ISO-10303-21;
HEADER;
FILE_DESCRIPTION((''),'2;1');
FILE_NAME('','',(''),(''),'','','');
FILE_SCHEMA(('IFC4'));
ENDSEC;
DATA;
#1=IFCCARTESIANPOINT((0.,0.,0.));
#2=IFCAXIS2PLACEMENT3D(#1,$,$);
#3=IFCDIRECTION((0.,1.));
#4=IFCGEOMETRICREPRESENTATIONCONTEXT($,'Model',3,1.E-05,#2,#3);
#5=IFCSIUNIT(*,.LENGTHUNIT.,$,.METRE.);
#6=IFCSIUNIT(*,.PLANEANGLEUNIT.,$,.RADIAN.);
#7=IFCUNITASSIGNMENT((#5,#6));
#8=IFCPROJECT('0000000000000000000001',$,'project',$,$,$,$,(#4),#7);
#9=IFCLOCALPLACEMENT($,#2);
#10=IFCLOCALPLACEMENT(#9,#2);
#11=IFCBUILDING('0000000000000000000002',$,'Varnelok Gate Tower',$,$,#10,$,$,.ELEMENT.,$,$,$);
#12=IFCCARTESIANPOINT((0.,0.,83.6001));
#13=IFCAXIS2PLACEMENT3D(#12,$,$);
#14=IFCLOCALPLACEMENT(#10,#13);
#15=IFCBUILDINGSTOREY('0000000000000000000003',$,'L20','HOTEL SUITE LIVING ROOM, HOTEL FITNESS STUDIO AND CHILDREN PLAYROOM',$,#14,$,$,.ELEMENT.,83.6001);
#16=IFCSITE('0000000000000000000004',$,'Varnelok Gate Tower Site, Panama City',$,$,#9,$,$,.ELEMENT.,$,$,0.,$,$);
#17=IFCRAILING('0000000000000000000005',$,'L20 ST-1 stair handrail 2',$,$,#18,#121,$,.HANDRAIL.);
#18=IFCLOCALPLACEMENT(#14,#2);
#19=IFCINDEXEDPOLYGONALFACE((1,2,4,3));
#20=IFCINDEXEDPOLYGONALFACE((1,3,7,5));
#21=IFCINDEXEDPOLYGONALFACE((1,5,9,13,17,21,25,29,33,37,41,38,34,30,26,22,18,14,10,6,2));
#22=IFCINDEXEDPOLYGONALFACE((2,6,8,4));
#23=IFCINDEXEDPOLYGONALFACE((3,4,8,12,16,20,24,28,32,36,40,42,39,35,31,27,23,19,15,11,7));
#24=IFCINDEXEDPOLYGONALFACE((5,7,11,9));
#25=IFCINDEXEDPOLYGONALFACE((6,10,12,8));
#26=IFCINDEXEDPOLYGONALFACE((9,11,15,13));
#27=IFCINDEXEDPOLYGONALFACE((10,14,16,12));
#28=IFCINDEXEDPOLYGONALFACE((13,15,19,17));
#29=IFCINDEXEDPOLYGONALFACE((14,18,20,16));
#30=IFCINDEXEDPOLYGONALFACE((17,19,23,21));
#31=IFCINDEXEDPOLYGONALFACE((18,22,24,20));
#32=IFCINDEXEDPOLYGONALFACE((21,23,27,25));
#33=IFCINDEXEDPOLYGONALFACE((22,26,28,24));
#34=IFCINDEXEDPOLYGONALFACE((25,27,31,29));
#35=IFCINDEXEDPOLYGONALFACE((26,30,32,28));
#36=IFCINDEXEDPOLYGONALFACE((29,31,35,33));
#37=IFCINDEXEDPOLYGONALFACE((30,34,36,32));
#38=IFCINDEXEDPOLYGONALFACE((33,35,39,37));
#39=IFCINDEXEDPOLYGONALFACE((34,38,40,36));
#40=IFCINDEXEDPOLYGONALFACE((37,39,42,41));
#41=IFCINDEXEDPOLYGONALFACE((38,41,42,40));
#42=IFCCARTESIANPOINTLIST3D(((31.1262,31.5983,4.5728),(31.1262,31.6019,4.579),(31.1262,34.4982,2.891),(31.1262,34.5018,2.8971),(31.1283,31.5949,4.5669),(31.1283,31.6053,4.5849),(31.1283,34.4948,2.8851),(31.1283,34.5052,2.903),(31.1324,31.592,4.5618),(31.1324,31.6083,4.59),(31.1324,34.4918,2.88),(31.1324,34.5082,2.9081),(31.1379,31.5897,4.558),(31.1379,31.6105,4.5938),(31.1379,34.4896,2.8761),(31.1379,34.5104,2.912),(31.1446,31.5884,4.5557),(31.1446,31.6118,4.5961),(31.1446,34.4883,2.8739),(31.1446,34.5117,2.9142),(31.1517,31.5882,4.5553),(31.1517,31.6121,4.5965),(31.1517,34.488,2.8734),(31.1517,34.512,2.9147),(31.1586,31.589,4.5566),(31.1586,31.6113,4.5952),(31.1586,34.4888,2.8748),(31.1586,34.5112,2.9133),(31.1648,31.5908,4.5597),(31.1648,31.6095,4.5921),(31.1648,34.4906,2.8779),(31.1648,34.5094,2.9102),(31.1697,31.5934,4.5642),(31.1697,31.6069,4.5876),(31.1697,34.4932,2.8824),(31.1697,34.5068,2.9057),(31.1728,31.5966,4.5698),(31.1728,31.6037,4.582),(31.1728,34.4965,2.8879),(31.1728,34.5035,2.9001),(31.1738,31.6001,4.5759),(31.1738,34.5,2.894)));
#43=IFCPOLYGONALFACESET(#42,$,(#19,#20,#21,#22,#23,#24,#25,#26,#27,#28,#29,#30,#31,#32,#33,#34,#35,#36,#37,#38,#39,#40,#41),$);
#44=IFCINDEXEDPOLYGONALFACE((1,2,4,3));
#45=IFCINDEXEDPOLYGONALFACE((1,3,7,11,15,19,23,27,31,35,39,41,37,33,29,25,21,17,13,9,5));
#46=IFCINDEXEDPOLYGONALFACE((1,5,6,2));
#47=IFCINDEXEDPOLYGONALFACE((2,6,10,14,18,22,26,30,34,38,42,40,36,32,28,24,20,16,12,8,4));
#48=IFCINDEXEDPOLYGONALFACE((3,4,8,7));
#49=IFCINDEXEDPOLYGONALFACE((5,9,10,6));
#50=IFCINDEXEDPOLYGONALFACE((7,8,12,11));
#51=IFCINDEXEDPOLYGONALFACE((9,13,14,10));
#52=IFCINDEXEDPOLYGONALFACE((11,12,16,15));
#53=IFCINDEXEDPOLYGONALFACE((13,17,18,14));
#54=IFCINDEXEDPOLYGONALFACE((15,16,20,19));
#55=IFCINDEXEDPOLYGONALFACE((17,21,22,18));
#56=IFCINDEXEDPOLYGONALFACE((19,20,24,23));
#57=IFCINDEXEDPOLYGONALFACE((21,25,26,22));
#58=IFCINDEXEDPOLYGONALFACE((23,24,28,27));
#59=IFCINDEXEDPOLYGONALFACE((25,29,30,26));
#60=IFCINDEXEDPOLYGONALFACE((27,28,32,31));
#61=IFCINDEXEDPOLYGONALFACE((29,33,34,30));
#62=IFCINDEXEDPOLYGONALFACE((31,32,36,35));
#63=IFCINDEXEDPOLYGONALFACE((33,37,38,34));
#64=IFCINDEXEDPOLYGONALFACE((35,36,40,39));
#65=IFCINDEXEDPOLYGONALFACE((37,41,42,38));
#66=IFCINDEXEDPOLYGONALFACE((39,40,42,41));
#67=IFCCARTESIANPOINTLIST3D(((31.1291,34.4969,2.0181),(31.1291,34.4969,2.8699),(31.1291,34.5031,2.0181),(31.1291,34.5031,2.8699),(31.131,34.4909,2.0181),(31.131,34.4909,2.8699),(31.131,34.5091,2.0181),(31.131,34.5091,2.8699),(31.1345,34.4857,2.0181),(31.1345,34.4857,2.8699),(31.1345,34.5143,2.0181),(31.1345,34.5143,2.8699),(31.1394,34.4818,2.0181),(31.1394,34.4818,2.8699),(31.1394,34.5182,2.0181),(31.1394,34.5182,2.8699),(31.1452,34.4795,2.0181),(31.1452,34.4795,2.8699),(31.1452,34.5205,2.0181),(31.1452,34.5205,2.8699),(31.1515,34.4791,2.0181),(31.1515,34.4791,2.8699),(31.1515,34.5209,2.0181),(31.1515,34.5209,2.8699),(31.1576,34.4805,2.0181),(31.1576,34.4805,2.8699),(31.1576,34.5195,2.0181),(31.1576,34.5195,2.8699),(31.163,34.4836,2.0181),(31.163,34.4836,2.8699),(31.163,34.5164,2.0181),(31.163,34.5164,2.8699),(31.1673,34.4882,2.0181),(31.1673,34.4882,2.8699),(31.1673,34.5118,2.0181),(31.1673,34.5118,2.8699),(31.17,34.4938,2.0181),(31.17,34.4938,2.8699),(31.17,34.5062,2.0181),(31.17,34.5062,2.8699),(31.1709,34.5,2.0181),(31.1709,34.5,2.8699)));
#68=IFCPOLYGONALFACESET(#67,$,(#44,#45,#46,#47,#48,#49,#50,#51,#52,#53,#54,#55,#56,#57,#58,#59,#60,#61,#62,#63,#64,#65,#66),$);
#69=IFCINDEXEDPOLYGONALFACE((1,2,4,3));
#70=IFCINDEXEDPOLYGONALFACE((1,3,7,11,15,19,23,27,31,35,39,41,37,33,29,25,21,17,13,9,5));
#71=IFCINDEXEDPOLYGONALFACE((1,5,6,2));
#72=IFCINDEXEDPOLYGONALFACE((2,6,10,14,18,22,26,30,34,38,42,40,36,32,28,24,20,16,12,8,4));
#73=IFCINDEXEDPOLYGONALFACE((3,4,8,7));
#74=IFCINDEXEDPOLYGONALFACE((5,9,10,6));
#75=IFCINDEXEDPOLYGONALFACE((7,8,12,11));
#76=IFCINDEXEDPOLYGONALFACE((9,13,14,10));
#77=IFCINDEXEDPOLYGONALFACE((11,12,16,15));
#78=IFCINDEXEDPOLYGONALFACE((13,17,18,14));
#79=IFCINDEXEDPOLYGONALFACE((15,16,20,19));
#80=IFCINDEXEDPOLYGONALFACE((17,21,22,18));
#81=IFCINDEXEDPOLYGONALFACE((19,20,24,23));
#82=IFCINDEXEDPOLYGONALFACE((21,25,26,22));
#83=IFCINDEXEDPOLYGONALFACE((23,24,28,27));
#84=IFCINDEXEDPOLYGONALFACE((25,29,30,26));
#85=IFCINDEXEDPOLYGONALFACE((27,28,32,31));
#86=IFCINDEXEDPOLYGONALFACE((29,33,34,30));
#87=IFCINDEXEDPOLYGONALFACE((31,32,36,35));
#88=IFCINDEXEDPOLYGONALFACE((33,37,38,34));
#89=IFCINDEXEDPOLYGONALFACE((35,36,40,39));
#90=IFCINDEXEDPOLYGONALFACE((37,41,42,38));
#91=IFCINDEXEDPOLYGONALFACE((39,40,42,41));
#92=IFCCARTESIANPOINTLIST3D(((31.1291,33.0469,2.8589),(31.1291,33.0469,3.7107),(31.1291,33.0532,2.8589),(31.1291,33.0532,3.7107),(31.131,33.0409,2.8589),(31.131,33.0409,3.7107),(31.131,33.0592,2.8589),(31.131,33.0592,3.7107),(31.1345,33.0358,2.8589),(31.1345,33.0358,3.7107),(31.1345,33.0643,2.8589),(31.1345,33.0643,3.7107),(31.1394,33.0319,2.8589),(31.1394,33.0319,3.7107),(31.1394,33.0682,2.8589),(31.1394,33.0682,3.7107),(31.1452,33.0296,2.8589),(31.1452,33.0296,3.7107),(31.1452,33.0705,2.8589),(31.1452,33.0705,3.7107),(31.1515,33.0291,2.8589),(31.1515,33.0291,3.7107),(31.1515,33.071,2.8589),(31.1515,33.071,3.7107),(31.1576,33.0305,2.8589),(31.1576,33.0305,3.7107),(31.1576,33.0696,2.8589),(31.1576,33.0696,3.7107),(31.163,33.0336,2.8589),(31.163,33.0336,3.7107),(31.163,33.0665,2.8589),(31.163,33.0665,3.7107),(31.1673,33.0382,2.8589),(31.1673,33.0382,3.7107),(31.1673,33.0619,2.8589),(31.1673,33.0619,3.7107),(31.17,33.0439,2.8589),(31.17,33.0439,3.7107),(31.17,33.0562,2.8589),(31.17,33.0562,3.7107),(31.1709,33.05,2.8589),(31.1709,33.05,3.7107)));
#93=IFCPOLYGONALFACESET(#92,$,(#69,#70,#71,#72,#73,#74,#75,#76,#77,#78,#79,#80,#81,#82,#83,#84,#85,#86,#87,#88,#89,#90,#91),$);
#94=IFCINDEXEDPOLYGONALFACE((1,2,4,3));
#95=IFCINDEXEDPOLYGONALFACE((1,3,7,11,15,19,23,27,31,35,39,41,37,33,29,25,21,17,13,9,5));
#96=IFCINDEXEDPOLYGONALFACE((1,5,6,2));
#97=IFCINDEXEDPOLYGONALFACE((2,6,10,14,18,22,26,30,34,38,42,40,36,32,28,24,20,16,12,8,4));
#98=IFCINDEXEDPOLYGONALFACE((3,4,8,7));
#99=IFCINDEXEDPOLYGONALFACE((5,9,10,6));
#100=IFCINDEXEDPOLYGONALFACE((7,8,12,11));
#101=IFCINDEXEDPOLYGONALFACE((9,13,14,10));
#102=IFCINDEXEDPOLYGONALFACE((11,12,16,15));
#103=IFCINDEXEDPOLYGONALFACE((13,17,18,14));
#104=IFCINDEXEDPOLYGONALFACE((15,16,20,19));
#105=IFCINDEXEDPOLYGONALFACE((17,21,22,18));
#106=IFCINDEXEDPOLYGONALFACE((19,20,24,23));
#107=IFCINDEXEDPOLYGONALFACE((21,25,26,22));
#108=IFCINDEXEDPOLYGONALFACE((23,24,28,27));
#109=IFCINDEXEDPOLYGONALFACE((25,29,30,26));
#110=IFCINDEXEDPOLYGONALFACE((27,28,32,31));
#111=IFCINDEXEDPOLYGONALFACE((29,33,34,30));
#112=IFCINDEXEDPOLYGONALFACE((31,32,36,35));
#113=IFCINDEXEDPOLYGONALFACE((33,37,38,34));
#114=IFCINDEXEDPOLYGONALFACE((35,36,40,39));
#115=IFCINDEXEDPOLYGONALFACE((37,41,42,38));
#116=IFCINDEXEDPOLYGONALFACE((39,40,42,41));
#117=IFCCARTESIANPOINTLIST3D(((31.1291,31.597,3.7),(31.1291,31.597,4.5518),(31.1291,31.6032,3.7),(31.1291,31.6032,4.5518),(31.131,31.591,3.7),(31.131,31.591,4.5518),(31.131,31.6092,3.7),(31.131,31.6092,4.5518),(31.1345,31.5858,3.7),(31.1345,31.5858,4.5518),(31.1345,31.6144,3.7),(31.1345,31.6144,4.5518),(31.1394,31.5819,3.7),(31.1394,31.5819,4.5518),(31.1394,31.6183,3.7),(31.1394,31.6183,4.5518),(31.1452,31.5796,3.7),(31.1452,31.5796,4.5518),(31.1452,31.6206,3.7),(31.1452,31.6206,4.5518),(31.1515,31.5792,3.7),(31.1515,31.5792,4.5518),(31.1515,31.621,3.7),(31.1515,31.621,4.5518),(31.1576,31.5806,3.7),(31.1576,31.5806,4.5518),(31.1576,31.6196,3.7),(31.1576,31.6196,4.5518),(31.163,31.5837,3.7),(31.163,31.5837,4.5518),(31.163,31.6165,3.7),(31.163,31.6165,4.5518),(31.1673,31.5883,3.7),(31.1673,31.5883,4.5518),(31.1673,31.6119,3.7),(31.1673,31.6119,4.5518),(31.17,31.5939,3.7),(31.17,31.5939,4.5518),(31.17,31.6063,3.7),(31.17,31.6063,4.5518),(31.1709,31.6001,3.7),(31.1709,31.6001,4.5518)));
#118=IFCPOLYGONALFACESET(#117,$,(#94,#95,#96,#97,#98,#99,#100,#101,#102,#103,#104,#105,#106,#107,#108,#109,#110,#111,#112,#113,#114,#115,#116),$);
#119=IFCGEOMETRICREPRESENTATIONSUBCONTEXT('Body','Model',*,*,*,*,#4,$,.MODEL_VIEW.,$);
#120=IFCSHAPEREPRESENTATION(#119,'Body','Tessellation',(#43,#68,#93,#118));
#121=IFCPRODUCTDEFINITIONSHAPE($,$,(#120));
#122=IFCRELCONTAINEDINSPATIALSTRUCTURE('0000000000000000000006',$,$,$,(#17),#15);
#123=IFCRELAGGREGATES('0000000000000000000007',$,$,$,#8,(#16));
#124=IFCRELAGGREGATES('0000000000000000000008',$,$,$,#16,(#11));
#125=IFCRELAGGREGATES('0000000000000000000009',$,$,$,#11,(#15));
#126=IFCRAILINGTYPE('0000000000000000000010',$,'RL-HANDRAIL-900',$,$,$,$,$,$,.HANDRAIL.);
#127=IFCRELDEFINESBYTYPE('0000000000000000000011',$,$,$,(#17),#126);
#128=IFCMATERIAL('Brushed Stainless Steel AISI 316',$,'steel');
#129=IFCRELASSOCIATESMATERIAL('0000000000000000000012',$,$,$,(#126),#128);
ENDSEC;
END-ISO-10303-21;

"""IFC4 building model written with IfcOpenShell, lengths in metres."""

from ifc_helpers import new_model, si_unit, direction, frame, origin, origin_2d, place, context, subcontext, project, spatial, circle, extrude, material, type_object, element, save


model = new_model("IFC4")

# Units and contexts
model_context = context("Model", 3, precision=1e-05, world=origin(), true_north=direction((0.0, 1.0)))
body_context = subcontext(model_context, "Body", "Model", "MODEL_VIEW")
ifc_project = project(units=[si_unit("LENGTHUNIT", "METRE"), si_unit("PLANEANGLEUNIT", "RADIAN")], contexts=[model_context])

# Site, building, storey
site_placement = place(None, origin())
site = spatial("IfcSite", under=ifc_project, at=site_placement, Name="Varnelok Gate Tower Site, Panama City", CompositionType="ELEMENT", RefElevation=0.0)
building_placement = place(site_placement, origin())
building = spatial("IfcBuilding", under=site, at=building_placement, Name="Varnelok Gate Tower", CompositionType="ELEMENT")
storey_placement = place(building_placement, frame((0.0, 0.0, 83.6001)))
storey = spatial("IfcBuildingStorey", under=building, at=storey_placement, Name="L20", Description="HOTEL SUITE LIVING ROOM, HOTEL FITNESS STUDIO AND CHILDREN PLAYROOM", CompositionType="ELEMENT", Elevation=83.6001)

# Railing
ifc_material_1 = material(Name="Brushed Stainless Steel AISI 316", Category="steel")
railing_type_1 = type_object("IfcRailingType", Name="RL-HANDRAIL-900", PredefinedType="HANDRAIL", material=ifc_material_1)
railing_1_placement = place(storey_placement, frame((31.1499, 34.5, 2.0181)))
element("IfcRailing", 1, at=railing_1_placement, inside=storey, type_object=railing_type_1, Name="L20 ST-1 stair handrail 2", PredefinedType="HANDRAIL", context=body_context, shape_type="SweptSolid", body=[
    extrude(circle(Radius=0.0239, at=origin_2d()), frame((0.0, 0.0, 0.876), z_axis=(0.0, -0.865039, 0.501705), x_axis=(1.0, 0.0, 0.0)), (0.0, 0.0, 1.0), 3.3523),
    extrude(circle(Radius=0.021, at=origin_2d()), origin(), (0.0, 0.0, 1.0), 0.8518),
    extrude(circle(Radius=0.021, at=origin_2d()), frame((0.0, -1.45, 0.8408)), (0.0, 0.0, 1.0), 0.8518),
    extrude(circle(Radius=0.021, at=origin_2d()), frame((0.0, -2.8999, 1.6819)), (0.0, 0.0, 1.0), 0.8518),
])

save(model, "model.ifc")
